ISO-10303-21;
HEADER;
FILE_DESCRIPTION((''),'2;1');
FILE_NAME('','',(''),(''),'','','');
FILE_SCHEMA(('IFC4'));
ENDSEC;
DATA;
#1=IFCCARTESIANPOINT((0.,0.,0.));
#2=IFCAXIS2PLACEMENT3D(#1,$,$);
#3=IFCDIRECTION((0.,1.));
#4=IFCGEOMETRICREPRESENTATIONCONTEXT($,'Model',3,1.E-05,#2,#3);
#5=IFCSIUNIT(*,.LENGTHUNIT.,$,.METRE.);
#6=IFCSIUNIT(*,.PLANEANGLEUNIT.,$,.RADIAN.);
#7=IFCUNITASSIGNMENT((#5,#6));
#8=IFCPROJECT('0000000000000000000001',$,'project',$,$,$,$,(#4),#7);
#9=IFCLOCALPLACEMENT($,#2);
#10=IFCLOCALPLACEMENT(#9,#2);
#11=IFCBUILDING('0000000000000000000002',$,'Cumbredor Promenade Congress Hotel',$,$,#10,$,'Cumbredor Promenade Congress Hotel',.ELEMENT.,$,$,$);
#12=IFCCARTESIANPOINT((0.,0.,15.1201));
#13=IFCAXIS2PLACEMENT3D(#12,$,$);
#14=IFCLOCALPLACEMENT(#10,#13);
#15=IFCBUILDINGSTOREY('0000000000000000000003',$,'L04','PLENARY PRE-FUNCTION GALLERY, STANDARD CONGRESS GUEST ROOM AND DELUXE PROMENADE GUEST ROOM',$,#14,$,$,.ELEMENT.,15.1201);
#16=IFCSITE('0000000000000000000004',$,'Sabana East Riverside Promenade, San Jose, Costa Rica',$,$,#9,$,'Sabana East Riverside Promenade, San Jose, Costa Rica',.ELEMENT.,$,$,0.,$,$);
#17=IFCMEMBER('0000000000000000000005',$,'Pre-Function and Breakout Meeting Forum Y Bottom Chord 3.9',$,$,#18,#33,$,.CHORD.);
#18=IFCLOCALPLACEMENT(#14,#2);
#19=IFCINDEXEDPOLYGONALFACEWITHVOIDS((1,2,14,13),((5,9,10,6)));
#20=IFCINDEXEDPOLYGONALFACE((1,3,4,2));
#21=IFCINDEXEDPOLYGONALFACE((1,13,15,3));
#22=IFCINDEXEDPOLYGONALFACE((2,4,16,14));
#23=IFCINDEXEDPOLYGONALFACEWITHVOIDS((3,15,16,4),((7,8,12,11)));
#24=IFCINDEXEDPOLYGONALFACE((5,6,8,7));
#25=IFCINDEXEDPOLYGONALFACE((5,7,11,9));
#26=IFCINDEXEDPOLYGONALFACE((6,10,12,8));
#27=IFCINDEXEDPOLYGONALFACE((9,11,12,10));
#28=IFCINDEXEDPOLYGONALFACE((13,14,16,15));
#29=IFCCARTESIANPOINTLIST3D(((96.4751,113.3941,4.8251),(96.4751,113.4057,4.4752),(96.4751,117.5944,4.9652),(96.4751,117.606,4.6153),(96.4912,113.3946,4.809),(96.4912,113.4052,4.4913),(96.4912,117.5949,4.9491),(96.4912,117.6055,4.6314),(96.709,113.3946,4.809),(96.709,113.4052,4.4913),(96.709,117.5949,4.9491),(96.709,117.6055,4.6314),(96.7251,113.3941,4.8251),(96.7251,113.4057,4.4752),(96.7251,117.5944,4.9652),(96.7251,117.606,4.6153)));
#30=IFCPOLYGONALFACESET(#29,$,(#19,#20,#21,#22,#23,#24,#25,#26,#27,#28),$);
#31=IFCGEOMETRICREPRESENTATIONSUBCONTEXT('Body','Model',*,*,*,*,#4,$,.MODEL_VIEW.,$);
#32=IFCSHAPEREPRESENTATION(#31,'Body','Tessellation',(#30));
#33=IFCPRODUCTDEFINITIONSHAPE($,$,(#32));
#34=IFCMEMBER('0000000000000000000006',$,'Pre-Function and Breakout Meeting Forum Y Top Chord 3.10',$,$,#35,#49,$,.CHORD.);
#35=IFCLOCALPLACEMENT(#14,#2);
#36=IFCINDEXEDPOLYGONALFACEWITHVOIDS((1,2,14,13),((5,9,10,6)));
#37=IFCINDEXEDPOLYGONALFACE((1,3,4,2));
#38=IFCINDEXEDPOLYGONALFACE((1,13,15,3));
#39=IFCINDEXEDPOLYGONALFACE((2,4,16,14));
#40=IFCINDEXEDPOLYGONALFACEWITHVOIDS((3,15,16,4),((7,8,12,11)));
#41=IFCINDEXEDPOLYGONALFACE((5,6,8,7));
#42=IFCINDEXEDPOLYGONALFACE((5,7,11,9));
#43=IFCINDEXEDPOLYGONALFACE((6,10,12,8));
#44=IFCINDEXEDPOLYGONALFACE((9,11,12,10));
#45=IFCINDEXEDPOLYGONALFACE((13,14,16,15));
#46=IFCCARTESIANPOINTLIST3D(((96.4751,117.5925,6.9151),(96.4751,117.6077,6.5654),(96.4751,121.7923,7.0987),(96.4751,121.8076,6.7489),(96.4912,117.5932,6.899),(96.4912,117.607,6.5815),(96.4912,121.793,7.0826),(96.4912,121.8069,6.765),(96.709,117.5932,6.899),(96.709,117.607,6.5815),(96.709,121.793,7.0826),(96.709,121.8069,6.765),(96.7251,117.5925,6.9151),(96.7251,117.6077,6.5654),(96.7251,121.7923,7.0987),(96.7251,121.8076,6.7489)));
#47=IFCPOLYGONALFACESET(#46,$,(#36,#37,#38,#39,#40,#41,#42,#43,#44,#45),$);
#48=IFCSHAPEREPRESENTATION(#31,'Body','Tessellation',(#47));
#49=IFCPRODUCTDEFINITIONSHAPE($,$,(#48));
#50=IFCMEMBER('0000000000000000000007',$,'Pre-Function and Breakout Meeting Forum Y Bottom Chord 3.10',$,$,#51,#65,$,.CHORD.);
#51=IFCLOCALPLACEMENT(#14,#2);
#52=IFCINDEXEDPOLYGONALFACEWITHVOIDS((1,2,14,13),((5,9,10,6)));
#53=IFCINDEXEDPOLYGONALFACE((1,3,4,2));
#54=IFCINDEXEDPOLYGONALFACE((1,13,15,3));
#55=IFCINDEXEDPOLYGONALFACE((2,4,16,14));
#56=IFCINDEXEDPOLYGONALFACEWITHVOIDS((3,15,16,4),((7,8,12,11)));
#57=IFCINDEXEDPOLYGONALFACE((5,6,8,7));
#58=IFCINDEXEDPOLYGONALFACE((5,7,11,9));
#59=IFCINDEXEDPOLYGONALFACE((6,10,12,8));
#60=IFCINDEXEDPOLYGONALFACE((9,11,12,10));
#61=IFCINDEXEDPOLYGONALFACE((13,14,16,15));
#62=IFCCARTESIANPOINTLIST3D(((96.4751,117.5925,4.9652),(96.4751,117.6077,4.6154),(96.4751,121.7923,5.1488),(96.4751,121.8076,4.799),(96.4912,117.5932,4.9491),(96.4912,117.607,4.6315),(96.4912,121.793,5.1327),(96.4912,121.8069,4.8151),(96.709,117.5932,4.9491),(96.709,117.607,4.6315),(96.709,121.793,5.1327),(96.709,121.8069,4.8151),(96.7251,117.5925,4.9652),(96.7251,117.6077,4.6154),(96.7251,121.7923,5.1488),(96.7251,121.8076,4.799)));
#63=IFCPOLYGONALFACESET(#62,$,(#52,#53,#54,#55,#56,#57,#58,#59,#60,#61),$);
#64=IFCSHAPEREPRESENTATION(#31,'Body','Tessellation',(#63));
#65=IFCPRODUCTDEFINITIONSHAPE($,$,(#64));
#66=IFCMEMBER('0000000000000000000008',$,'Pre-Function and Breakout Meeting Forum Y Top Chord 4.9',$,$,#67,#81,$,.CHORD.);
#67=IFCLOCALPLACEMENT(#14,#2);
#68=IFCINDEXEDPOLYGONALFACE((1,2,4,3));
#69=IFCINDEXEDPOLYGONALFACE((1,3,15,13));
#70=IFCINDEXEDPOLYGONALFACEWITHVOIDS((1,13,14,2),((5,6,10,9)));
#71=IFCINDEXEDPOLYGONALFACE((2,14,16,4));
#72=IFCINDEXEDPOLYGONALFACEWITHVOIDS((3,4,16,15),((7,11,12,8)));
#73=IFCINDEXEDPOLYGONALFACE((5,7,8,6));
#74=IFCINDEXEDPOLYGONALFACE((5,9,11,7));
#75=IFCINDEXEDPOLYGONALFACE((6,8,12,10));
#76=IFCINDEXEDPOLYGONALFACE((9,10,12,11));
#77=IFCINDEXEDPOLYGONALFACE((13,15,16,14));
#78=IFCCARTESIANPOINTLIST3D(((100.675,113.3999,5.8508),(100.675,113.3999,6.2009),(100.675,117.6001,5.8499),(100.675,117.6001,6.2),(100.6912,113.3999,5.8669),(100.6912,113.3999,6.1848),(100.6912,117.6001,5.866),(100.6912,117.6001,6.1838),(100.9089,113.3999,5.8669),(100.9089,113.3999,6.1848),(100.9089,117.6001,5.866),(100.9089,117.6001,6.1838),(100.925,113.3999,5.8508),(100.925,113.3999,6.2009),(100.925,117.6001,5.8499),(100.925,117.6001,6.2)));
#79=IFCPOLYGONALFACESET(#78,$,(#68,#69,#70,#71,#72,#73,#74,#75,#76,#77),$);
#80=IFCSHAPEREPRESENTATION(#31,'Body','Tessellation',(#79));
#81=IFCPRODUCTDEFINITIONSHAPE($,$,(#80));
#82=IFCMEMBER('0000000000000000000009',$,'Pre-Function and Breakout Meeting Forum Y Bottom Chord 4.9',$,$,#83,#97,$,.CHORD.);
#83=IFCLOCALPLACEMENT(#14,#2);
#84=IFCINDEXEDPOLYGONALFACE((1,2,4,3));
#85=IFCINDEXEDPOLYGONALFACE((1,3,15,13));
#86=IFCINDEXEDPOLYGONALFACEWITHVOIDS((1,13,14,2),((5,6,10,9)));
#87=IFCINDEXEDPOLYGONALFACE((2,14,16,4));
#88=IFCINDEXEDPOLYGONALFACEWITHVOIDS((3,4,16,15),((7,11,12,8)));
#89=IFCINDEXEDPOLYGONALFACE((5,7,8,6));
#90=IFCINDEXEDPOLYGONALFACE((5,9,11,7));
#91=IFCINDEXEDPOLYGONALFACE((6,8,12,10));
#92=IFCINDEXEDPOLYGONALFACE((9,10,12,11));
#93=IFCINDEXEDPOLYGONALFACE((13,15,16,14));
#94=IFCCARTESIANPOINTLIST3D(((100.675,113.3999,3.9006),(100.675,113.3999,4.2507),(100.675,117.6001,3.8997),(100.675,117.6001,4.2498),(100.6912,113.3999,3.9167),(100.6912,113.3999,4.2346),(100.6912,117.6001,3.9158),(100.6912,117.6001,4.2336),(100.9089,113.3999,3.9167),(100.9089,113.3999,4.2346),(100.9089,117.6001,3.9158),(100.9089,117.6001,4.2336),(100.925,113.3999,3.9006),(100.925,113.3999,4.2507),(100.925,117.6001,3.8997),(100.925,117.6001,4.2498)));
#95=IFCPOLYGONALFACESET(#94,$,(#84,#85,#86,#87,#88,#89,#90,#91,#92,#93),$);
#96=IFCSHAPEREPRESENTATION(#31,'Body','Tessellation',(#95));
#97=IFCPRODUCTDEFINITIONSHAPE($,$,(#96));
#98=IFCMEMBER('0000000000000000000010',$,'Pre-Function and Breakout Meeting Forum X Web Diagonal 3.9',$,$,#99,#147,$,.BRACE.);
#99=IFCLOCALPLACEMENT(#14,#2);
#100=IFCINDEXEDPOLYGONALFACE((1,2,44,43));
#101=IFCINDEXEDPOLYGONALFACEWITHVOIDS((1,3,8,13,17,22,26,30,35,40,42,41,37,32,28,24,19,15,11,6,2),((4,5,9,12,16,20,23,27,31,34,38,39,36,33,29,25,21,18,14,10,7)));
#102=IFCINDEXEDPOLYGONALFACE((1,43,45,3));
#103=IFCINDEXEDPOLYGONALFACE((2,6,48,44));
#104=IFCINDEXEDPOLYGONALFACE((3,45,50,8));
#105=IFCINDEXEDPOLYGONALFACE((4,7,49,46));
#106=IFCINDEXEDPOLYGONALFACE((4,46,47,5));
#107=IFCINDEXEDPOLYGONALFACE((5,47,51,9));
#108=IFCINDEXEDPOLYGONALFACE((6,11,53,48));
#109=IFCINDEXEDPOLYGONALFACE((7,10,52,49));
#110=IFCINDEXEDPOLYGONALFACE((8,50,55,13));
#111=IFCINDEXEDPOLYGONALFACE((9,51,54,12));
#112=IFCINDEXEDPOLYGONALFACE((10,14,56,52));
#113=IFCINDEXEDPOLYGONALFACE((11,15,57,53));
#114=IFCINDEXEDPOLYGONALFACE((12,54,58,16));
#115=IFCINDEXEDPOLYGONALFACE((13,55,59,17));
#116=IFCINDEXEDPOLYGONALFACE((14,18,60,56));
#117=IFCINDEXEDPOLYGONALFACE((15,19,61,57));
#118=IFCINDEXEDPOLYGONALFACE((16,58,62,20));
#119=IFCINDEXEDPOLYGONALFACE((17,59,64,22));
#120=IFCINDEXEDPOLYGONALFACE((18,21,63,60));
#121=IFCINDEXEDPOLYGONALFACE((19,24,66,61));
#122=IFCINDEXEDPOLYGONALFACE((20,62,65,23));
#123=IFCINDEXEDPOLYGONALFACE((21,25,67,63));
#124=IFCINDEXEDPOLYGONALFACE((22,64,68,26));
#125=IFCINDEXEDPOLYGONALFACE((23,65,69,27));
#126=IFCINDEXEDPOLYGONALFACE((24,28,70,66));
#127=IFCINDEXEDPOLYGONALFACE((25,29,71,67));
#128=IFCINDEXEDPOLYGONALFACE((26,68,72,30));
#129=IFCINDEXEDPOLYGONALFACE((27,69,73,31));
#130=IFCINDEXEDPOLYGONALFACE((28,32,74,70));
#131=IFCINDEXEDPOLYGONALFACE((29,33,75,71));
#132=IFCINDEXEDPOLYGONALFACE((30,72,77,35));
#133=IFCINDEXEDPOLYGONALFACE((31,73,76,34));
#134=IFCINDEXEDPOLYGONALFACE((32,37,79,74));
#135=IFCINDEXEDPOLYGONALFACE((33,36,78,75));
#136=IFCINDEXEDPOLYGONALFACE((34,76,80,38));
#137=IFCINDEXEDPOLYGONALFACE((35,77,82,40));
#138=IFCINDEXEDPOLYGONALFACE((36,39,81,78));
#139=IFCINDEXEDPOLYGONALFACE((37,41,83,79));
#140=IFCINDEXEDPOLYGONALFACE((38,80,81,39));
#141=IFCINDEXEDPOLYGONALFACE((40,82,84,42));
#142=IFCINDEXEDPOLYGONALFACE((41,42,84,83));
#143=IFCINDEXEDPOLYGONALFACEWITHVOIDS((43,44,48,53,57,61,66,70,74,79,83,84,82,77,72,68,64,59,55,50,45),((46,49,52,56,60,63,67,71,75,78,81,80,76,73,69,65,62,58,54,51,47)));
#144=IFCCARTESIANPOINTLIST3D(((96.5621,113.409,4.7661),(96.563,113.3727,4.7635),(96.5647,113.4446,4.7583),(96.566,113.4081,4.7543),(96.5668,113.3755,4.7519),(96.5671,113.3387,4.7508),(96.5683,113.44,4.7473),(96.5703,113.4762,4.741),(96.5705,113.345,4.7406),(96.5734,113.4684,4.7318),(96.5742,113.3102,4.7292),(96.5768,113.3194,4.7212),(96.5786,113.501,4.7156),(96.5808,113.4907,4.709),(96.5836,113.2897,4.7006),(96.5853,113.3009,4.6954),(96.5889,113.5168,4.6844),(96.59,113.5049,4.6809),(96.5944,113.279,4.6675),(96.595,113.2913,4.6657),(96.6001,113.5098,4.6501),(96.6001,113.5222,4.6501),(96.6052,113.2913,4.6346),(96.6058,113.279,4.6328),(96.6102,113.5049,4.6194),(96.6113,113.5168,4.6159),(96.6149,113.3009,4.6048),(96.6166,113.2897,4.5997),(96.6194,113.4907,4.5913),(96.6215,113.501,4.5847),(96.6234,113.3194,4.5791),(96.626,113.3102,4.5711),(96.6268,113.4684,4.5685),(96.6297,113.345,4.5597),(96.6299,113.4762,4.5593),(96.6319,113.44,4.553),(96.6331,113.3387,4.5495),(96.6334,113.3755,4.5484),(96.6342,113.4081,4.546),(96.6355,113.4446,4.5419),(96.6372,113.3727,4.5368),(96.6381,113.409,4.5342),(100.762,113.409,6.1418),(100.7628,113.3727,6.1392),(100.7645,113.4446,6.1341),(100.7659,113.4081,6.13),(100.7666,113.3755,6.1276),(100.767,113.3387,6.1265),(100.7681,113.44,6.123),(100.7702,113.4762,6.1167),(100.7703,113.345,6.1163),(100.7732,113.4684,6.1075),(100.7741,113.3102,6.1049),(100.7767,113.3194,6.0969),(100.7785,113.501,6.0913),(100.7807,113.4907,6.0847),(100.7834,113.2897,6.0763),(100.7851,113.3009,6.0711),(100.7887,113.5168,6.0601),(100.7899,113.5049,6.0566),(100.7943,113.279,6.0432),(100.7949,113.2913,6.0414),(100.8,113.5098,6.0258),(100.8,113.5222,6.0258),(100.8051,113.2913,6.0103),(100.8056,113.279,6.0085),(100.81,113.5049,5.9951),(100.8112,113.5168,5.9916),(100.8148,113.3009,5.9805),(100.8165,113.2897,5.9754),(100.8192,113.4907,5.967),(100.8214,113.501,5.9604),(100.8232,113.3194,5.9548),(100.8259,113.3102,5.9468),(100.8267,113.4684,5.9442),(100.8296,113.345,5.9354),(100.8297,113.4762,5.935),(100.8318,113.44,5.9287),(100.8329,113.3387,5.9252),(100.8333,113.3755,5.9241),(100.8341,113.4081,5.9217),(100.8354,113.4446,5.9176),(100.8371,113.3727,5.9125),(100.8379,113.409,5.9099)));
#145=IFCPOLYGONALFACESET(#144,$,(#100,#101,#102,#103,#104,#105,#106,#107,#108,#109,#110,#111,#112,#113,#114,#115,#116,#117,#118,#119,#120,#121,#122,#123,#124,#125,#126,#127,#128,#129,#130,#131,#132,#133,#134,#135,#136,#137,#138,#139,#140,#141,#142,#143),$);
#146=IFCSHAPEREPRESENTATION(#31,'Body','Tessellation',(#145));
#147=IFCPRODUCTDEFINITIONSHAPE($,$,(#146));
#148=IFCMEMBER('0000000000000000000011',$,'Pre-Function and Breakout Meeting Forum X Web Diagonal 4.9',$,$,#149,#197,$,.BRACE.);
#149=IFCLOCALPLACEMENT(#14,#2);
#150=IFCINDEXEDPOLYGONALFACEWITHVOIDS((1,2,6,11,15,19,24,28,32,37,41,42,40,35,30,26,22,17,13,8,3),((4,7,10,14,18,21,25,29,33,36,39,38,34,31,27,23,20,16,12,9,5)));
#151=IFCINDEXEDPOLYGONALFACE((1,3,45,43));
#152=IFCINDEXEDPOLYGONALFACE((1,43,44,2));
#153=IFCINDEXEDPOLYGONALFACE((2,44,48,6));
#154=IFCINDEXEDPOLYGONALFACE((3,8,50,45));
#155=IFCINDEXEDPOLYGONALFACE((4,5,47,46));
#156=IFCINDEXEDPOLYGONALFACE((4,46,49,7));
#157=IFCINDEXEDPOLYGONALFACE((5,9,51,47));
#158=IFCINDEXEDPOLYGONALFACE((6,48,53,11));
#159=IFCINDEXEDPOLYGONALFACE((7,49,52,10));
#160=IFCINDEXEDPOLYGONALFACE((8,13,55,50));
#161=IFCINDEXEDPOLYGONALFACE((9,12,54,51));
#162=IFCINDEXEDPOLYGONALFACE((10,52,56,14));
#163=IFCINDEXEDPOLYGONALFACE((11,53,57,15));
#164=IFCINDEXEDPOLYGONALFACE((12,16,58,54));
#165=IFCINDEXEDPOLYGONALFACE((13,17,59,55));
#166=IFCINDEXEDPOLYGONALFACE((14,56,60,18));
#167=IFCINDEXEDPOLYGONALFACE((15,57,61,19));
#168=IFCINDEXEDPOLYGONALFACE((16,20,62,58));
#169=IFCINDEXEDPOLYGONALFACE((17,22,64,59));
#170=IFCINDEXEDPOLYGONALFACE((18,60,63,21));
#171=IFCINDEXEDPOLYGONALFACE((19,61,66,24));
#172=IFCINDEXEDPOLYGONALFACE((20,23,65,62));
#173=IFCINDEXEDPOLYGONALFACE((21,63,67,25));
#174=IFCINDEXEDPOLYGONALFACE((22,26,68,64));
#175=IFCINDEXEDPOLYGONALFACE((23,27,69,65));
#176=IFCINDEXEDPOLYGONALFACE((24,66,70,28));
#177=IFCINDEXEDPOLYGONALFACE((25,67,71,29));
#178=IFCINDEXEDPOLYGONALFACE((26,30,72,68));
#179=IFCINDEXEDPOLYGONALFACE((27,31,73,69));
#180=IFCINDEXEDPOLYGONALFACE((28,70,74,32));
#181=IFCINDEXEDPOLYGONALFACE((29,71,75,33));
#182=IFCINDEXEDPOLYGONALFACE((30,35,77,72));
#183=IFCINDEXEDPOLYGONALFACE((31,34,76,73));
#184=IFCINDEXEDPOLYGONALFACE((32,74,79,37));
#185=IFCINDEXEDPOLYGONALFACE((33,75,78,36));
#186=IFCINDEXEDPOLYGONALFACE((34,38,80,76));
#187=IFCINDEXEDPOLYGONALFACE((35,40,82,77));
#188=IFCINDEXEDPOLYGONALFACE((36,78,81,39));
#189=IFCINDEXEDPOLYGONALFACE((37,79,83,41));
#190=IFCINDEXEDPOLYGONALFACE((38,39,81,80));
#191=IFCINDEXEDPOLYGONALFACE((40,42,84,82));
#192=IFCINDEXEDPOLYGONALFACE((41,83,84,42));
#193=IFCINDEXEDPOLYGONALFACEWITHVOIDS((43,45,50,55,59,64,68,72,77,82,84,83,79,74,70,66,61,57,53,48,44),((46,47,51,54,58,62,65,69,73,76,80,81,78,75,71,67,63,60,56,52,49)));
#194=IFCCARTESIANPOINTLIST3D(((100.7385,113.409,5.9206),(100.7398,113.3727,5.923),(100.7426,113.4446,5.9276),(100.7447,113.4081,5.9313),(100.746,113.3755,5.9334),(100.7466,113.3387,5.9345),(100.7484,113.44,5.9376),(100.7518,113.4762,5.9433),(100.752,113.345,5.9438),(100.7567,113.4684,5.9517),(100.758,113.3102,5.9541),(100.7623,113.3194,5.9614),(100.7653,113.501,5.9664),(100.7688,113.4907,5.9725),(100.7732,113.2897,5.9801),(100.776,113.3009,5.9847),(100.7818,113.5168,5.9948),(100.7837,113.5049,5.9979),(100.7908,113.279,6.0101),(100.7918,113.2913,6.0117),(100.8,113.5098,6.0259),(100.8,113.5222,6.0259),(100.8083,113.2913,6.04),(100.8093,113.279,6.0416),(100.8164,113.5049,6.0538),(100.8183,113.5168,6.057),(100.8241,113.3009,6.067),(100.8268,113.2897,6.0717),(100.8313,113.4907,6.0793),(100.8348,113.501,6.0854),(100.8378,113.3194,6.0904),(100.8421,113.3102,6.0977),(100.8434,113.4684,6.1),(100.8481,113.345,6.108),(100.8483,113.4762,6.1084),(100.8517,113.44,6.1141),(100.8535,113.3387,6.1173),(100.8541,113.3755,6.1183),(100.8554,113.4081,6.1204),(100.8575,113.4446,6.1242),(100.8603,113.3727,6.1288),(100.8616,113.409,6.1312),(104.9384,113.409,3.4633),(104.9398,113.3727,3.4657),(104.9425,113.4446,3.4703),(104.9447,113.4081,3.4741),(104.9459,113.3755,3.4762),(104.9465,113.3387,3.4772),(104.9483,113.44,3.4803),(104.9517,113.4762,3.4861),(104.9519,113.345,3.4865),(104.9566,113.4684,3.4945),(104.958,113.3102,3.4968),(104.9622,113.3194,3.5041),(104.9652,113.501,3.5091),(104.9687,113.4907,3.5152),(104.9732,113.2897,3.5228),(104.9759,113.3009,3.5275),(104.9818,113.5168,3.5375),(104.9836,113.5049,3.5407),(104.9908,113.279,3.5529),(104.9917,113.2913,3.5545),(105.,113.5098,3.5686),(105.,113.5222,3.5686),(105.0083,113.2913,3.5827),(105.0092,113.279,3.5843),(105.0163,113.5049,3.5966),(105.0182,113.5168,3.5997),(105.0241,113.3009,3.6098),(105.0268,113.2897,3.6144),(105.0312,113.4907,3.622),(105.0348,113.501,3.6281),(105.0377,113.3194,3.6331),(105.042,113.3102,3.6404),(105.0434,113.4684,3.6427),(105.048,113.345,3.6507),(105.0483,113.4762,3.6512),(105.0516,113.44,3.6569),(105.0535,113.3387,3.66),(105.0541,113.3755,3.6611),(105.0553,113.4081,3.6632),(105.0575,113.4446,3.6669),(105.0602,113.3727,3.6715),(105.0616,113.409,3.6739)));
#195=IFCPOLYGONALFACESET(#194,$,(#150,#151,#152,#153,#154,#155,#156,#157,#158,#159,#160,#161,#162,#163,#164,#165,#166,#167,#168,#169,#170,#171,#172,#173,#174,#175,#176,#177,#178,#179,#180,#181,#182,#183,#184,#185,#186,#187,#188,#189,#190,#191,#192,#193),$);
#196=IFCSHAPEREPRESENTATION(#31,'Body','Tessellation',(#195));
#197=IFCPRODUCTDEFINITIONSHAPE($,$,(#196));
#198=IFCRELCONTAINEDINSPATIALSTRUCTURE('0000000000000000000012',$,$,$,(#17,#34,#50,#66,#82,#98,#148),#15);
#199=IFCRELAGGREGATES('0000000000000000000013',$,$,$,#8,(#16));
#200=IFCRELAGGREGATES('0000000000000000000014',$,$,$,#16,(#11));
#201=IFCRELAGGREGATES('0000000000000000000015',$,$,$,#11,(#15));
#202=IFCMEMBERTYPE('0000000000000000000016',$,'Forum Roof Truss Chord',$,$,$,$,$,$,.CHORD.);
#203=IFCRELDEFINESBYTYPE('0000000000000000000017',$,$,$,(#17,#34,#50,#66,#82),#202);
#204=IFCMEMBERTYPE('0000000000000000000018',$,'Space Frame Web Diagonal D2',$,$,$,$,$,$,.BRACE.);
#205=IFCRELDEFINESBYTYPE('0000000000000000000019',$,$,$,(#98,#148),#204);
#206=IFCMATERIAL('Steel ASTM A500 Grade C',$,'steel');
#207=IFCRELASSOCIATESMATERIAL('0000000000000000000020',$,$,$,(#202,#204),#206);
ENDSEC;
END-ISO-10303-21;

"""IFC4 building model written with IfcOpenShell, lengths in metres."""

from ifc_helpers import new_model, si_unit, direction, frame, origin, origin_2d, place, context, subcontext, project, spatial, hollow_rectangle, hollow_circle, extrude, material, material_profile, profile_set, type_object, element, save


model = new_model("IFC4")

# Units and contexts
model_context = context("Model", 3, precision=1e-05, world=origin(), true_north=direction((0.0, 1.0)))
body_context = subcontext(model_context, "Body", "Model", "MODEL_VIEW")
ifc_project = project(units=[si_unit("LENGTHUNIT", "METRE"), si_unit("PLANEANGLEUNIT", "RADIAN")], contexts=[model_context])

# Site, building, storey
site_placement = place(None, origin())
site = spatial("IfcSite", under=ifc_project, at=site_placement, Name="Sabana East Riverside Promenade, San Jose, Costa Rica", LongName="Sabana East Riverside Promenade, San Jose, Costa Rica", CompositionType="ELEMENT", RefElevation=0.0)
building_placement = place(site_placement, origin())
building = spatial("IfcBuilding", under=site, at=building_placement, Name="Cumbredor Promenade Congress Hotel", LongName="Cumbredor Promenade Congress Hotel", CompositionType="ELEMENT")
storey_placement = place(building_placement, frame((0.0, 0.0, 15.1201)))
storey = spatial("IfcBuildingStorey", under=building, at=storey_placement, Name="L04", Description="PLENARY PRE-FUNCTION GALLERY, STANDARD CONGRESS GUEST ROOM AND DELUXE PROMENADE GUEST ROOM", CompositionType="ELEMENT", Elevation=15.1201)

# Members
ifc_material_1 = material(Name="Steel ASTM A500 Grade C", Category="steel")
ifc_material_profile_1 = material_profile(ifc_material_1, hollow_rectangle(XDim=0.25, YDim=0.3501, WallThickness=0.0161, at=origin_2d()), Name="HSS 350x250x16")
ifc_profile_set_1 = profile_set([ifc_material_profile_1], Name="Steel ASTM A500 Grade C")
member_type_1 = type_object("IfcMemberType", Name="Forum Roof Truss Chord", PredefinedType="CHORD", material=ifc_profile_set_1)
for number, where, z_axis, x_axis, name in (
    (1, (96.6001, 113.3999, 4.6501), (0.0, 0.999444, 0.033346), (-1.0, 0.0, 0.0), "Pre-Function and Breakout Meeting Forum Y Bottom Chord 3.9"),
):
    element("IfcMember", number, at=place(storey_placement, frame(where, z_axis=z_axis, x_axis=x_axis)), inside=storey, type_object=member_type_1, Name=name, PredefinedType="CHORD", context=body_context, shape_type="SweptSolid", body=[
        extrude(hollow_rectangle(XDim=0.25, YDim=0.3501, WallThickness=0.0161, at=origin_2d()), origin(), (0.0, 0.0, 1.0), 4.2026),
    ])
for number, where, z_axis, x_axis, name in (
    (2, (96.6001, 117.6001, 6.7402), (0.0, 0.999046, 0.043672), (-1.0, 0.0, 0.0), "Pre-Function and Breakout Meeting Forum Y Top Chord 3.10"),
    (3, (96.6001, 117.6001, 4.7903), (0.0, 0.999046, 0.043672), (-1.0, 0.0, 0.0), "Pre-Function and Breakout Meeting Forum Y Bottom Chord 3.10"),
):
    element("IfcMember", number, at=place(storey_placement, frame(where, z_axis=z_axis, x_axis=x_axis)), inside=storey, type_object=member_type_1, Name=name, PredefinedType="CHORD", context=body_context, shape_type="SweptSolid", body=[
        extrude(hollow_rectangle(XDim=0.25, YDim=0.3501, WallThickness=0.0161, at=origin_2d()), origin(), (0.0, 0.0, 1.0), 4.2039),
    ])
for number, where, z_axis, x_axis, name in (
    (4, (100.8, 113.3999, 6.0259), (0.0, 1.0, -0.000233), (-1.0, 0.0, 0.0), "Pre-Function and Breakout Meeting Forum Y Top Chord 4.9"),
    (5, (100.8, 113.3999, 4.0757), (0.0, 1.0, -0.000233), (-1.0, 0.0, 0.0), "Pre-Function and Breakout Meeting Forum Y Bottom Chord 4.9"),
):
    element("IfcMember", number, at=place(storey_placement, frame(where, z_axis=z_axis, x_axis=x_axis)), inside=storey, type_object=member_type_1, Name=name, PredefinedType="CHORD", context=body_context, shape_type="SweptSolid", body=[
        extrude(hollow_rectangle(XDim=0.25, YDim=0.3501, WallThickness=0.0161, at=origin_2d()), origin(), (0.0, 0.0, 1.0), 4.2002),
    ])
ifc_material_profile_2 = material_profile(ifc_material_1, hollow_circle(Radius=0.1223, WallThickness=0.0125, at=origin_2d()), Name="CHS 244.5x12.5")
ifc_profile_set_2 = profile_set([ifc_material_profile_2], Name="Steel ASTM A500 Grade C")
member_type_2 = type_object("IfcMemberType", Name="Space Frame Web Diagonal D2", PredefinedType="BRACE", material=ifc_profile_set_2)
member_1_placement = place(storey_placement, frame((96.6001, 113.3999, 4.6501), z_axis=(0.950317, 0.0, 0.311285), x_axis=(0.0, 1.0, 0.0)))
element("IfcMember", 6, at=member_1_placement, inside=storey, type_object=member_type_2, Name="Pre-Function and Breakout Meeting Forum X Web Diagonal 3.9", PredefinedType="BRACE", context=body_context, shape_type="SweptSolid", body=[
    extrude(hollow_circle(Radius=0.1223, WallThickness=0.0125, at=origin_2d()), origin(), (0.0, 0.0, 1.0), 4.4194),
])
member_2_placement = place(storey_placement, frame((100.8, 113.3999, 6.0259), z_axis=(0.863125, 0.0, -0.504991), x_axis=(0.0, 1.0, 0.0)))
element("IfcMember", 7, at=member_2_placement, inside=storey, type_object=member_type_2, Name="Pre-Function and Breakout Meeting Forum X Web Diagonal 4.9", PredefinedType="BRACE", context=body_context, shape_type="SweptSolid", body=[
    extrude(hollow_circle(Radius=0.1223, WallThickness=0.0125, at=origin_2d()), origin(), (0.0, 0.0, 1.0), 4.866),
])

save(model, "model.ifc")
